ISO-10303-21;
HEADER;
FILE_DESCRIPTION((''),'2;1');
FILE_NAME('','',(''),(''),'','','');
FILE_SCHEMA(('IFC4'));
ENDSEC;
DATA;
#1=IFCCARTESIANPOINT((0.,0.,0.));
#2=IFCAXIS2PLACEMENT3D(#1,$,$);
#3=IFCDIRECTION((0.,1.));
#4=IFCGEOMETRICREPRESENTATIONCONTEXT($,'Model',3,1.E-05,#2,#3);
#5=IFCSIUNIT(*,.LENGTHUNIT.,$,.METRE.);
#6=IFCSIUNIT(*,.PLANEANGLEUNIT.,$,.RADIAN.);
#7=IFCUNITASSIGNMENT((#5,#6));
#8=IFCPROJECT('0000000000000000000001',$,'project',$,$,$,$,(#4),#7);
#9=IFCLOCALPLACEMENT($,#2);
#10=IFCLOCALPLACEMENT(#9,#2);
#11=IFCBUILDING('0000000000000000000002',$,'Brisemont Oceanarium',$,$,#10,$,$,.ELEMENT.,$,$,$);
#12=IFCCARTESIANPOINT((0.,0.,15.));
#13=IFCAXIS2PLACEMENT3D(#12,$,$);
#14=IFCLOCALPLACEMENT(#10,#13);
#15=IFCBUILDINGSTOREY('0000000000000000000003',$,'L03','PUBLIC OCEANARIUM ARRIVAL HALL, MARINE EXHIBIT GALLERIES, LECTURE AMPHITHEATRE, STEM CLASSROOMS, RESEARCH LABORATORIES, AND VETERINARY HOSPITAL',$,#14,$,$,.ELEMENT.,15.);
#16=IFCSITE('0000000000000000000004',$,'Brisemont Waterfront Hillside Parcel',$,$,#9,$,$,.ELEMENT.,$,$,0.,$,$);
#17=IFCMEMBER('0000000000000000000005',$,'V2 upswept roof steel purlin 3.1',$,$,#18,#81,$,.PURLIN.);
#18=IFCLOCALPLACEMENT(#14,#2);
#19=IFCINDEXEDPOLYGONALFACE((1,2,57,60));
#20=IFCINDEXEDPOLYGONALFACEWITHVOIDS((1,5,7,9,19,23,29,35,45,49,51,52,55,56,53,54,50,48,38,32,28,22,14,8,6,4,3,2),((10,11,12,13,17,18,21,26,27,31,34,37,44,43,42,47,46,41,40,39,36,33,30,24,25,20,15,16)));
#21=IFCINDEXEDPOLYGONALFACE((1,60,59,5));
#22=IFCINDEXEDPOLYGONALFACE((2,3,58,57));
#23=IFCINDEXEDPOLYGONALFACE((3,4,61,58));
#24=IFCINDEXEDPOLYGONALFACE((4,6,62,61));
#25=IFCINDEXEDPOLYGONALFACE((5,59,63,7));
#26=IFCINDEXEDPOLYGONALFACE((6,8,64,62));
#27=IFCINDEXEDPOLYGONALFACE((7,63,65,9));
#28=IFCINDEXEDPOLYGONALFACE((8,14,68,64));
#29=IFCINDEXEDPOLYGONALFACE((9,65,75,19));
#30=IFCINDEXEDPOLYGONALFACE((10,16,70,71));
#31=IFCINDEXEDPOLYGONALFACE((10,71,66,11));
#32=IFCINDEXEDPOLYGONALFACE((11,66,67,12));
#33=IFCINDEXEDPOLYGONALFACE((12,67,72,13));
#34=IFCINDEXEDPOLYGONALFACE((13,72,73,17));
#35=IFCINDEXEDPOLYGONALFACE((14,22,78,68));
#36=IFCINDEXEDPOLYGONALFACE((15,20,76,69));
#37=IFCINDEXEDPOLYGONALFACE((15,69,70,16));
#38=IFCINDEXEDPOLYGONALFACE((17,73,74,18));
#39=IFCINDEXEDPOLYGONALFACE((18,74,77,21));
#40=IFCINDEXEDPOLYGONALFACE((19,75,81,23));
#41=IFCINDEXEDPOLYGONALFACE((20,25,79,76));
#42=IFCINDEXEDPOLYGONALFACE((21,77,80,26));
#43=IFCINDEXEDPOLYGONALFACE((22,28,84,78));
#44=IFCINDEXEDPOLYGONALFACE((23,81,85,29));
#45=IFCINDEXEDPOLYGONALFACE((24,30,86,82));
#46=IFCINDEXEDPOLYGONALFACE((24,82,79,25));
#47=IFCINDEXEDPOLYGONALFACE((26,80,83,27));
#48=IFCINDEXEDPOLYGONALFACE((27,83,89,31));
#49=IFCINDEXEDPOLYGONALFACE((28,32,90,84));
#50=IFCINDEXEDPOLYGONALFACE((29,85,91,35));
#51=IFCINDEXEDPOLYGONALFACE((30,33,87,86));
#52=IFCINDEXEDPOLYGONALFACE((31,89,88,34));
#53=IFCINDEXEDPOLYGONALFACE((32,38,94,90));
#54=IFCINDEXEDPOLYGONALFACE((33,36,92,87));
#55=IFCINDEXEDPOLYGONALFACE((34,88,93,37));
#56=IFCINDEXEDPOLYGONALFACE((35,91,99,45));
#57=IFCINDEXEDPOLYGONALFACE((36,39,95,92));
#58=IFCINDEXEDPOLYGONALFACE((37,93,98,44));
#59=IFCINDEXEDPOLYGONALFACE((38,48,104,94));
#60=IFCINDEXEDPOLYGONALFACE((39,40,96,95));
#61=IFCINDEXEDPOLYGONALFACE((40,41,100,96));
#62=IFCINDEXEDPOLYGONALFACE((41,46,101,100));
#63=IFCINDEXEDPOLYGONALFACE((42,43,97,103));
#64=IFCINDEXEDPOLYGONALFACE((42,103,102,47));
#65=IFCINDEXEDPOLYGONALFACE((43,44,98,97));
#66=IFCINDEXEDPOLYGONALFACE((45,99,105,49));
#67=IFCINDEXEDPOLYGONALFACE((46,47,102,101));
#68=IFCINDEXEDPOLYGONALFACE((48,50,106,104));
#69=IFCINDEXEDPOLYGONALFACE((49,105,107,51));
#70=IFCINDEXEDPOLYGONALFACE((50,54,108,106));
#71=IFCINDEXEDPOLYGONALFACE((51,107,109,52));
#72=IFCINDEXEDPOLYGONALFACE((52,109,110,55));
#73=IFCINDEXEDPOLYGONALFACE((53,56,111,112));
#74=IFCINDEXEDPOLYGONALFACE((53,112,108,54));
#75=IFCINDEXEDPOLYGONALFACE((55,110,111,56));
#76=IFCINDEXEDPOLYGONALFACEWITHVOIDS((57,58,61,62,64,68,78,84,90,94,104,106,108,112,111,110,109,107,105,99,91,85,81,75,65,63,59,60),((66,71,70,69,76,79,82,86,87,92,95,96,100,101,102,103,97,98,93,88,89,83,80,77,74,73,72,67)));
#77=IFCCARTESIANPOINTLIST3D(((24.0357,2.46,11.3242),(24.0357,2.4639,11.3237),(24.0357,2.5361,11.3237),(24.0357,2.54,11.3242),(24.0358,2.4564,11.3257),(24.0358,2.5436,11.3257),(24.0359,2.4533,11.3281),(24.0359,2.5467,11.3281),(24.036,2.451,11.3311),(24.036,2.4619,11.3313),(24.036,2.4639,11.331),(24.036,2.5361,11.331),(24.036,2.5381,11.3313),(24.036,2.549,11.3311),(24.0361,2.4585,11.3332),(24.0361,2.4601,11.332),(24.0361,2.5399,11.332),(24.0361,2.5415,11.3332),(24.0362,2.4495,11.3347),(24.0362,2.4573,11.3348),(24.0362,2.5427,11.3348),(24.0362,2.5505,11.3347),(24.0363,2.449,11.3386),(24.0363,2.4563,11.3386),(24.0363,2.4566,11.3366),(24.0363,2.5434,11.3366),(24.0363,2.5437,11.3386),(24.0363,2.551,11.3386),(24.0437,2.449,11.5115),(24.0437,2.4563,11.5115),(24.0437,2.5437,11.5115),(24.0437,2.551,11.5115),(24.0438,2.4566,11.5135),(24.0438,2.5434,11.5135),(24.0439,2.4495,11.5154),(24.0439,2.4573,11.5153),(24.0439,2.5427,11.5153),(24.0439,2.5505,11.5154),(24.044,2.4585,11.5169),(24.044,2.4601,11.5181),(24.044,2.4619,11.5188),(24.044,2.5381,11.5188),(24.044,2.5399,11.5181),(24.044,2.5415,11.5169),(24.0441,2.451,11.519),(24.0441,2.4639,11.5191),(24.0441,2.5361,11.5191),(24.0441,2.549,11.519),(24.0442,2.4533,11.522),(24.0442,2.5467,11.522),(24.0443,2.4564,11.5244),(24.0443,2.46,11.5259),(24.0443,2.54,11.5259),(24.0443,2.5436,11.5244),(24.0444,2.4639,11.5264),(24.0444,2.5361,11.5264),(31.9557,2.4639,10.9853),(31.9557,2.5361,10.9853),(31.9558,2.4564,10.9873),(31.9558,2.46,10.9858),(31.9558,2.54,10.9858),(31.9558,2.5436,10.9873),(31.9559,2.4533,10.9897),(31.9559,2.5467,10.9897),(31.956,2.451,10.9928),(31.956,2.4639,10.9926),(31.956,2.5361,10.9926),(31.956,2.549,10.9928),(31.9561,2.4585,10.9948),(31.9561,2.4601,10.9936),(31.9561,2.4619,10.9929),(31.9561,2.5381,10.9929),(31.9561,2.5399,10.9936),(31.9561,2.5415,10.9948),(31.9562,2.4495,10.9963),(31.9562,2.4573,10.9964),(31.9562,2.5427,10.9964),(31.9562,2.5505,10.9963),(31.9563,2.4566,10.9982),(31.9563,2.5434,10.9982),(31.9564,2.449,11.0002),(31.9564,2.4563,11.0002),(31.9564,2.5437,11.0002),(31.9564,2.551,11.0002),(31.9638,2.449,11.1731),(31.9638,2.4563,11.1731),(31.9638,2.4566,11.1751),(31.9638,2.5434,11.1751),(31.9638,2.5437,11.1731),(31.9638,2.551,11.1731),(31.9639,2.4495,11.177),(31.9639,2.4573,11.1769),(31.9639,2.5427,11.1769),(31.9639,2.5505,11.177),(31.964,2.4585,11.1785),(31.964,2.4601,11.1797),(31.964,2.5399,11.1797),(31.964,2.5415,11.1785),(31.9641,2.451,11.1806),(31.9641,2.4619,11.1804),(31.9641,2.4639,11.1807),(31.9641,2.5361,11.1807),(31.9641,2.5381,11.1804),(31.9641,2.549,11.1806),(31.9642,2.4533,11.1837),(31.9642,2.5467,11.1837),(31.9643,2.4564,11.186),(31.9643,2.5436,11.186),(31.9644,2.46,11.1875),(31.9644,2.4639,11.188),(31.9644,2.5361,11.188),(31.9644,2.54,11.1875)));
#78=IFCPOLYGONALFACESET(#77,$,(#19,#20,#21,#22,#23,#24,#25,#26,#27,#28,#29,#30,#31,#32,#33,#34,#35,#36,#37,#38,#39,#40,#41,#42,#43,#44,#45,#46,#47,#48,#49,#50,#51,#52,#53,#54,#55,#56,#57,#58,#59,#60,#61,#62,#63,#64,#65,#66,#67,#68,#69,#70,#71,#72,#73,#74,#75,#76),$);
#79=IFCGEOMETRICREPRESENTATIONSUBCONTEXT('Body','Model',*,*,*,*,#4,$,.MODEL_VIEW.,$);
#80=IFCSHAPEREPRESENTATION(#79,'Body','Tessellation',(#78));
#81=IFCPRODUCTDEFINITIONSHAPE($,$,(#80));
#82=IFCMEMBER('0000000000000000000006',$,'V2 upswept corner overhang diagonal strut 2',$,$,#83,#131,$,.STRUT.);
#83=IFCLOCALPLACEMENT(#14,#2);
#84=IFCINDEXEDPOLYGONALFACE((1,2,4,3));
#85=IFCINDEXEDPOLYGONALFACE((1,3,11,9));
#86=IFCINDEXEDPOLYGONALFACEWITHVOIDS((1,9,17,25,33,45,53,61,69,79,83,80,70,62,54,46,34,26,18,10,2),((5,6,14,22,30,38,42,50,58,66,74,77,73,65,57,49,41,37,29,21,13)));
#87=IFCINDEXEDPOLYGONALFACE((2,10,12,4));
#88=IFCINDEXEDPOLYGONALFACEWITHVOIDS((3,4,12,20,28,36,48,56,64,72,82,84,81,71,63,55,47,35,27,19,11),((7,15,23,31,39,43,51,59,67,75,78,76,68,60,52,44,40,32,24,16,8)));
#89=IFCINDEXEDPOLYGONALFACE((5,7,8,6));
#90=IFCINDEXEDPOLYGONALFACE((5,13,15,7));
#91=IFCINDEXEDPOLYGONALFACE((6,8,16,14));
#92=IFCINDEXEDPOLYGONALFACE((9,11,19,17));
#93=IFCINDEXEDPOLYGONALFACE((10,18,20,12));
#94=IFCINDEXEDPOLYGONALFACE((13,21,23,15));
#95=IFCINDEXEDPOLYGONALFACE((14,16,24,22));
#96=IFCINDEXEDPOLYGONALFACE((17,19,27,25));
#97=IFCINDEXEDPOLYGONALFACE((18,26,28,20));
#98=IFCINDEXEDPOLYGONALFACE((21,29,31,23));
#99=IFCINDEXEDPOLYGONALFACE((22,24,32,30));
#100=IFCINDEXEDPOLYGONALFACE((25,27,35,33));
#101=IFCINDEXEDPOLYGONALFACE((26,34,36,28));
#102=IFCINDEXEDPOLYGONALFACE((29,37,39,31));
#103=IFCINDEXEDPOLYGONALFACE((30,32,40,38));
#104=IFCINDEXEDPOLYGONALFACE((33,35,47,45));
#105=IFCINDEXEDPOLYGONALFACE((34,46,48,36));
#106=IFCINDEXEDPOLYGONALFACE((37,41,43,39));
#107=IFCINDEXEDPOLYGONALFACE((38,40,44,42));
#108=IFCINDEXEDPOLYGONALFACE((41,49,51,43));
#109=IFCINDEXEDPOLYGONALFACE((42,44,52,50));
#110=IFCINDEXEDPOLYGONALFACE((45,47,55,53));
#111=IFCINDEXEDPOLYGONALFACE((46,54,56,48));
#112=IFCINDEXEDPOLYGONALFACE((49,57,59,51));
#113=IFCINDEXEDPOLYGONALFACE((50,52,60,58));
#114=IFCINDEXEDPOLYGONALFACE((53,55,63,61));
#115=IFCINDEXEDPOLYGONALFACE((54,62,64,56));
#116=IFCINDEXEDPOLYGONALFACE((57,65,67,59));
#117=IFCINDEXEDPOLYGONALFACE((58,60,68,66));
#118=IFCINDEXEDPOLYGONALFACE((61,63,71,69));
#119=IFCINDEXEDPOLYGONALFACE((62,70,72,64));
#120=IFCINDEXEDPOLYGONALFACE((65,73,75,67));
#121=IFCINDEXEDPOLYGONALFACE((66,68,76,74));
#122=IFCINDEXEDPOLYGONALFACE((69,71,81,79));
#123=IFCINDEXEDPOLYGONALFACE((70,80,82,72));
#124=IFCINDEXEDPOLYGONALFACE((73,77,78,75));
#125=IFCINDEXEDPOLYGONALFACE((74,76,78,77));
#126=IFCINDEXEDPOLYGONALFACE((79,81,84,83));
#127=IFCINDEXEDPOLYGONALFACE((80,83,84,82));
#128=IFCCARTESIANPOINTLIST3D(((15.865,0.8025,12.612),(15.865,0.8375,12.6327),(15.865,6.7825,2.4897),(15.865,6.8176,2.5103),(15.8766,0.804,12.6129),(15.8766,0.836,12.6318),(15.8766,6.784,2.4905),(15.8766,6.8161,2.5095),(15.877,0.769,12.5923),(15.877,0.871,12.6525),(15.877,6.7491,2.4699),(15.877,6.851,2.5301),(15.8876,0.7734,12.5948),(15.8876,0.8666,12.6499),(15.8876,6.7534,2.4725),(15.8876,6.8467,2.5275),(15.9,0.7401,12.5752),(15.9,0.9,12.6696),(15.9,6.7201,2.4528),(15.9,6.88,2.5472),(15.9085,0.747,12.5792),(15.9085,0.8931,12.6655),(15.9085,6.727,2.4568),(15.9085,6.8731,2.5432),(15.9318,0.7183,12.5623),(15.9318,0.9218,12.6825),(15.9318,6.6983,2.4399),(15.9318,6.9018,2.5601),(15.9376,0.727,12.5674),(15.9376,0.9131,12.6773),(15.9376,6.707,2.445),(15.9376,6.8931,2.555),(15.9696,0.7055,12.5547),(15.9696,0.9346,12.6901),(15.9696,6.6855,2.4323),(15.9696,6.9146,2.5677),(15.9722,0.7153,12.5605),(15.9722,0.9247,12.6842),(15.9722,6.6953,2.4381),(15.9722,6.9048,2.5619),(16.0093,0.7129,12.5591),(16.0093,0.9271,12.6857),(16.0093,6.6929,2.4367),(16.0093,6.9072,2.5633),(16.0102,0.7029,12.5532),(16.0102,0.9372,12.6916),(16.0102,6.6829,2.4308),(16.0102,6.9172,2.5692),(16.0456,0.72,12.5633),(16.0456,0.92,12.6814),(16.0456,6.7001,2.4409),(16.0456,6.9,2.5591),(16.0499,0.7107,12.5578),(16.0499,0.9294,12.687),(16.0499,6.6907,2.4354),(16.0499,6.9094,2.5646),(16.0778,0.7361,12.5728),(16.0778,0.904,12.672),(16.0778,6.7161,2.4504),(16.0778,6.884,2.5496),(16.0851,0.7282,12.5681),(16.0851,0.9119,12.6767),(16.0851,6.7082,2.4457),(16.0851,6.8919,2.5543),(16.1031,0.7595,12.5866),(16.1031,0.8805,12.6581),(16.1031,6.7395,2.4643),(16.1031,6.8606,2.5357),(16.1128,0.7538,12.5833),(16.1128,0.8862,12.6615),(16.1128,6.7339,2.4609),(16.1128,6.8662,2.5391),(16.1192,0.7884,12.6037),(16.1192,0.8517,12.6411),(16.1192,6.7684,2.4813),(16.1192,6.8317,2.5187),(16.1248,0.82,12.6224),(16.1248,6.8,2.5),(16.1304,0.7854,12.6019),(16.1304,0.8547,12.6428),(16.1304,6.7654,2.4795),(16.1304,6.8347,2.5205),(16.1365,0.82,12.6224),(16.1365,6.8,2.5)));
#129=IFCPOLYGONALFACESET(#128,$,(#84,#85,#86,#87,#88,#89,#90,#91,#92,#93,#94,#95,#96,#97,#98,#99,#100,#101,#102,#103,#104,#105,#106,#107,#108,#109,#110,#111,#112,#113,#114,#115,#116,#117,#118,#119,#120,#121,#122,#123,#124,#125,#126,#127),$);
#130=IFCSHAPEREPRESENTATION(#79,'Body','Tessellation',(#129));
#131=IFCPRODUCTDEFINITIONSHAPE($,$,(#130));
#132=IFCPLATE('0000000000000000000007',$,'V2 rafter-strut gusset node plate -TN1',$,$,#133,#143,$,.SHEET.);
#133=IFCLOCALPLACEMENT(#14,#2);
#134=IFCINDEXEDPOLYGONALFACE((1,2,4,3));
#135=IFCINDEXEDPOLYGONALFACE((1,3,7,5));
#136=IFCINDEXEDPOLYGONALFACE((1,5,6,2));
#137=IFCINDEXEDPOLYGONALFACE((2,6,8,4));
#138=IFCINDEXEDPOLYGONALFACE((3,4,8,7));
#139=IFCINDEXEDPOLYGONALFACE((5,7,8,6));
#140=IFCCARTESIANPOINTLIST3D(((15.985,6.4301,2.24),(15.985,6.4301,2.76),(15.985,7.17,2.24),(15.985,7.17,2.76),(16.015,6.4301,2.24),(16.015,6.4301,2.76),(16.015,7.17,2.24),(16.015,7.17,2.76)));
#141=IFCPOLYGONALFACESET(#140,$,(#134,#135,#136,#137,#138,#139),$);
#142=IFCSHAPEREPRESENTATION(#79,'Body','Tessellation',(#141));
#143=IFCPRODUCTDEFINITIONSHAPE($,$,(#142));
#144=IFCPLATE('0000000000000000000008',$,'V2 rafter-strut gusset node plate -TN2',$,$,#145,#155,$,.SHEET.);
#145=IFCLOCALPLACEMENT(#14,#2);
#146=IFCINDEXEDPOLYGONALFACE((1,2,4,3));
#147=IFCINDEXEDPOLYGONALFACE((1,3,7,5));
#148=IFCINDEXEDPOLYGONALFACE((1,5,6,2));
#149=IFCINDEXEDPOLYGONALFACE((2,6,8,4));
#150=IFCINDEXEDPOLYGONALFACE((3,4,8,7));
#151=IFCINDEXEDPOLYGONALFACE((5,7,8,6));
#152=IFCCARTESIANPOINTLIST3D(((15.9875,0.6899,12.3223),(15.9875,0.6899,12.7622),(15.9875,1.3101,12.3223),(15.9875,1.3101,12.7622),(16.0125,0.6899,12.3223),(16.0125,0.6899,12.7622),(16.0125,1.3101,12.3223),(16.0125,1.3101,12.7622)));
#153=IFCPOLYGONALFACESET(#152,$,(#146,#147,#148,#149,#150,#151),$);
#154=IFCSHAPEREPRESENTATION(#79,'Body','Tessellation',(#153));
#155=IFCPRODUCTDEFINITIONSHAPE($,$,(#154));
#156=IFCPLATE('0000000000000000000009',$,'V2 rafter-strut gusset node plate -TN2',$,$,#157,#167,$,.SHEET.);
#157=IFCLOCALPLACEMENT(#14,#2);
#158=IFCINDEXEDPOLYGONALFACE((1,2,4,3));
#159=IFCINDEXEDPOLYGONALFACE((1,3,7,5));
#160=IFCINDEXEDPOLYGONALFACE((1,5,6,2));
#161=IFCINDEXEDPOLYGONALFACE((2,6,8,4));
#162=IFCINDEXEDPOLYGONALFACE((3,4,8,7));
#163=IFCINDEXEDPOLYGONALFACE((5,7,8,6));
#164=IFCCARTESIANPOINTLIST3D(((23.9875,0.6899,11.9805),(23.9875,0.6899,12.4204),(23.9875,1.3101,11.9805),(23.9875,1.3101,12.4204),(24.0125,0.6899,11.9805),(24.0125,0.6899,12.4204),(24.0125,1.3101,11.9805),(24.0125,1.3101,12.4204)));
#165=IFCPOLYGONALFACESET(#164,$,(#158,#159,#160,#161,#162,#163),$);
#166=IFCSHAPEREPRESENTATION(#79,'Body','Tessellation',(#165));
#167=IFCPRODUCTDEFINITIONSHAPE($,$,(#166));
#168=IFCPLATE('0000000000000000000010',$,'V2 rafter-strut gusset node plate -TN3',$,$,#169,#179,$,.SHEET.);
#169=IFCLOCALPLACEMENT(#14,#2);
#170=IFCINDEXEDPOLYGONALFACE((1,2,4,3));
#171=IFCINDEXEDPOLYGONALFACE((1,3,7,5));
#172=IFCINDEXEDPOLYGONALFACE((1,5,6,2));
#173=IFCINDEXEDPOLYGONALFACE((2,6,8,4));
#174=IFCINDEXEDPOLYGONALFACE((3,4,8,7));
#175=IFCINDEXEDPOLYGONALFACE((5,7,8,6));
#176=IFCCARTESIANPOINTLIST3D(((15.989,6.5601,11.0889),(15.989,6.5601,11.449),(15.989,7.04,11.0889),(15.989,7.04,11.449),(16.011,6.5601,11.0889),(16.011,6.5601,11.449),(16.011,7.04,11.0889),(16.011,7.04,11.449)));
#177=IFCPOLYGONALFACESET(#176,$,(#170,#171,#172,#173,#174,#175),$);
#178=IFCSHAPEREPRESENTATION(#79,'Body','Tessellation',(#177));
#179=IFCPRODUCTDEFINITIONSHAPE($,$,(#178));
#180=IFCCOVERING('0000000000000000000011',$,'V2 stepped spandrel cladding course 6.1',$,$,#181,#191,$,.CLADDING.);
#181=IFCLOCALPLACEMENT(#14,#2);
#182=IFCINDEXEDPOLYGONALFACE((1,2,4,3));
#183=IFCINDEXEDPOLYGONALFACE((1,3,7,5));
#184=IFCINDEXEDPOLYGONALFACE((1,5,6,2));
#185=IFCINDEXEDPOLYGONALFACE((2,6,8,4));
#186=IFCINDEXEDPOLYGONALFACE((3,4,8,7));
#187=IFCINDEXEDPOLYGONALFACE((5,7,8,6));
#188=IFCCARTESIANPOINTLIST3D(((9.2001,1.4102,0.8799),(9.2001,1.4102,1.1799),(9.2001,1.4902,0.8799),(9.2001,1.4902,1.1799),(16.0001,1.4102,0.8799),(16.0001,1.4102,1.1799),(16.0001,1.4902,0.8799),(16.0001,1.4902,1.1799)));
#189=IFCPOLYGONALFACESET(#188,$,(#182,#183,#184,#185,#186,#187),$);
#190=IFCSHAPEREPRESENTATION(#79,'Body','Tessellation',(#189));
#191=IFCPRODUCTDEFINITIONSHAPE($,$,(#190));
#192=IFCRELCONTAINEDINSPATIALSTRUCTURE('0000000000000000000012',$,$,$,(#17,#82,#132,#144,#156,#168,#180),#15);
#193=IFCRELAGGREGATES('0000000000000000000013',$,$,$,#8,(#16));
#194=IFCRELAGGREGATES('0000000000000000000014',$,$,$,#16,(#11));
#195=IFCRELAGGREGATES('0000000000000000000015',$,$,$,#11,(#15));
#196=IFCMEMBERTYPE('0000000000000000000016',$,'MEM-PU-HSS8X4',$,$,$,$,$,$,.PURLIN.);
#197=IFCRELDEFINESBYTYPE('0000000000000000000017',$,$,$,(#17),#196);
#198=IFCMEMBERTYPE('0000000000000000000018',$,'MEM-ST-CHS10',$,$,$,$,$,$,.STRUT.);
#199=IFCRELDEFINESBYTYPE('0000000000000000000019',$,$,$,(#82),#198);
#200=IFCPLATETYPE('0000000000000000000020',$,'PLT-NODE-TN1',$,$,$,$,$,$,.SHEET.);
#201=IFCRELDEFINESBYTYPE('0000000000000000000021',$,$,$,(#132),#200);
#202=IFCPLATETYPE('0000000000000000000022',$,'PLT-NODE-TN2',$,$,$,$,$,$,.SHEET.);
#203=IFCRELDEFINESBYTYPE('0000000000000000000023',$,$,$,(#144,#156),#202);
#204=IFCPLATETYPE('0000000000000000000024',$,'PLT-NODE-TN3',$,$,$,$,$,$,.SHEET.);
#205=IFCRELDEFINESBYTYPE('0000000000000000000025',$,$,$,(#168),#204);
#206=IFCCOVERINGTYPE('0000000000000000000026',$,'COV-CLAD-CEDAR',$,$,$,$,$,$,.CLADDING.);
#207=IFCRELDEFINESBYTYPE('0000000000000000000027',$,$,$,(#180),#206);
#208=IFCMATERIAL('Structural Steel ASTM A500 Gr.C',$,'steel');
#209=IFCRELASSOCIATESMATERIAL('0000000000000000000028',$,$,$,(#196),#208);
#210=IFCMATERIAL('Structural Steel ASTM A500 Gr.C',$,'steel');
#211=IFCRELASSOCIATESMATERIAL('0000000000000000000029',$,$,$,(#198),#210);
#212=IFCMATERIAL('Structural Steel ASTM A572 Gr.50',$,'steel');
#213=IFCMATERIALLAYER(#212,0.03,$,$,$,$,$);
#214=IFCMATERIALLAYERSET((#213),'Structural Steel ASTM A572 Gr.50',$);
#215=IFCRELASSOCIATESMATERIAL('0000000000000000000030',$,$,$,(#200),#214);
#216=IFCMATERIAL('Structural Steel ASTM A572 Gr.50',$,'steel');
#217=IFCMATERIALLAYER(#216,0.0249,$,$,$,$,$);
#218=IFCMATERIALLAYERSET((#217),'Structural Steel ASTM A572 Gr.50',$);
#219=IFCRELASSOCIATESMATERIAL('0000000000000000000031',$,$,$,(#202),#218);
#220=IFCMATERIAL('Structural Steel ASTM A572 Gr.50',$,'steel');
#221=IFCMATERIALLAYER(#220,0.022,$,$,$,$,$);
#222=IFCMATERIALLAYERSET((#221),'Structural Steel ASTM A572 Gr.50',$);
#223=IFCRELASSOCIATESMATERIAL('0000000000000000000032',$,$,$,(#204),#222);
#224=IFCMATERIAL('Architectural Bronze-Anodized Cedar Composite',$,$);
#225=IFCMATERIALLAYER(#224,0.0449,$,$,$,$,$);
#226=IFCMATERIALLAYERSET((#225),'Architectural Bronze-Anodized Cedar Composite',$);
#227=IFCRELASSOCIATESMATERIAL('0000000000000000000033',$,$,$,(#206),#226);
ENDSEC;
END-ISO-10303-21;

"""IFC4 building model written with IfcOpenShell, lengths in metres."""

from ifc_helpers import new_model, si_unit, direction, frame, origin, origin_2d, place, context, subcontext, project, spatial, rectangle, hollow_rectangle, hollow_circle, extrude, material, layer, layer_set, material_profile, profile_set, type_object, element, save


model = new_model("IFC4")

# Units and contexts
model_context = context("Model", 3, precision=1e-05, world=origin(), true_north=direction((0.0, 1.0)))
body_context = subcontext(model_context, "Body", "Model", "MODEL_VIEW")
ifc_project = project(units=[si_unit("LENGTHUNIT", "METRE"), si_unit("PLANEANGLEUNIT", "RADIAN")], contexts=[model_context])

# Site, building, storey
site_placement = place(None, origin())
site = spatial("IfcSite", under=ifc_project, at=site_placement, Name="Brisemont Waterfront Hillside Parcel", CompositionType="ELEMENT", RefElevation=0.0)
building_placement = place(site_placement, origin())
building = spatial("IfcBuilding", under=site, at=building_placement, Name="Brisemont Oceanarium", CompositionType="ELEMENT")
storey_placement = place(building_placement, frame((0.0, 0.0, 15.0)))
storey = spatial("IfcBuildingStorey", under=building, at=storey_placement, Name="L03", Description="PUBLIC OCEANARIUM ARRIVAL HALL, MARINE EXHIBIT GALLERIES, LECTURE AMPHITHEATRE, STEM CLASSROOMS, RESEARCH LABORATORIES, AND VETERINARY HOSPITAL", CompositionType="ELEMENT", Elevation=15.0)

# Members
ifc_material_1 = material(Name="Structural Steel ASTM A500 Gr.C", Category="steel")
ifc_material_profile_1 = material_profile(ifc_material_1, hollow_rectangle(XDim=0.1021, YDim=0.2029, WallThickness=0.0073, InnerFilletRadius=0.0076, OuterFilletRadius=0.0149, at=origin_2d()), Name="HSS8X4X5/16")
ifc_profile_set_1 = profile_set([ifc_material_profile_1], Name="Structural Steel ASTM A500 Gr.C")
member_type_1 = type_object("IfcMemberType", Name="MEM-PU-HSS8X4", PredefinedType="PURLIN", material=ifc_profile_set_1)
for number, where, z_axis, x_axis, name in (
    (1, (24.04, 2.5, 11.425), (0.999089, 0.0, -0.042686), (0.0, 1.0, 0.0), "V2 upswept roof steel purlin 3.1"),
):
    element("IfcMember", number, at=place(storey_placement, frame(where, z_axis=z_axis, x_axis=x_axis)), inside=storey, type_object=member_type_1, Name=name, PredefinedType="PURLIN", context=body_context, shape_type="SweptSolid", body=[
        extrude(hollow_rectangle(XDim=0.1021, YDim=0.2029, WallThickness=0.0073, InnerFilletRadius=0.0076, OuterFilletRadius=0.0149, at=origin_2d()), origin(), (0.0, 0.0, 1.0), 7.9272),
    ])
ifc_material_2 = material(Name="Structural Steel ASTM A500 Gr.C", Category="steel")
ifc_material_profile_2 = material_profile(ifc_material_2, hollow_circle(Radius=0.1365, WallThickness=0.0117, at=origin_2d()), Name="HSS10.750X0.500")
ifc_profile_set_2 = profile_set([ifc_material_profile_2], Name="Structural Steel ASTM A500 Gr.C")
member_type_2 = type_object("IfcMemberType", Name="MEM-ST-CHS10", PredefinedType="STRUT", material=ifc_profile_set_2)
member_1_placement = place(storey_placement, frame((16.0, 6.8, 2.5), z_axis=(0.0, -0.508642, 0.860978), x_axis=(1.0, 0.0, 0.0)))
element("IfcMember", 2, at=member_1_placement, inside=storey, type_object=member_type_2, Name="V2 upswept corner overhang diagonal strut 2", PredefinedType="STRUT", context=body_context, shape_type="SweptSolid", body=[
    extrude(hollow_circle(Radius=0.1365, WallThickness=0.0117, at=origin_2d()), origin(), (0.0, 0.0, 1.0), 11.7568),
])

# Plates
ifc_material_3 = material(Name="Structural Steel ASTM A572 Gr.50", Category="steel")
ifc_layer_1 = layer(ifc_material_3, 0.03)
ifc_layer_set_1 = layer_set([ifc_layer_1], Name="Structural Steel ASTM A572 Gr.50")
plate_type_1 = type_object("IfcPlateType", Name="PLT-NODE-TN1", PredefinedType="SHEET", material=ifc_layer_set_1)
plate_1_placement = place(storey_placement, frame((16.0, 6.8, 2.24), z_axis=(0.0, 0.0, 1.0), x_axis=(1.0, 0.0, 0.0)))
element("IfcPlate", 3, at=plate_1_placement, inside=storey, type_object=plate_type_1, Name="V2 rafter-strut gusset node plate -TN1", PredefinedType="SHEET", context=body_context, shape_type="SweptSolid", body=[
    extrude(rectangle(XDim=0.03, YDim=0.74, at=origin_2d()), origin(), (0.0, 0.0, 1.0), 0.52),
])
ifc_material_4 = material(Name="Structural Steel ASTM A572 Gr.50", Category="steel")
ifc_layer_2 = layer(ifc_material_4, 0.0249)
ifc_layer_set_2 = layer_set([ifc_layer_2], Name="Structural Steel ASTM A572 Gr.50")
plate_type_2 = type_object("IfcPlateType", Name="PLT-NODE-TN2", PredefinedType="SHEET", material=ifc_layer_set_2)
for number, where, z_axis, x_axis, name in (
    (4, (16.0, 1.0, 12.3223), (0.0, 0.0, 1.0), (1.0, 0.0, 0.0), "V2 rafter-strut gusset node plate -TN2"),
    (5, (24.0, 1.0, 11.9805), (0.0, 0.0, 1.0), (1.0, 0.0, 0.0), "V2 rafter-strut gusset node plate -TN2"),
):
    element("IfcPlate", number, at=place(storey_placement, frame(where, z_axis=z_axis, x_axis=x_axis)), inside=storey, type_object=plate_type_2, Name=name, PredefinedType="SHEET", context=body_context, shape_type="SweptSolid", body=[
        extrude(rectangle(XDim=0.0249, YDim=0.6201, at=origin_2d()), origin(), (0.0, 0.0, 1.0), 0.4399),
    ])
ifc_material_5 = material(Name="Structural Steel ASTM A572 Gr.50", Category="steel")
ifc_layer_3 = layer(ifc_material_5, 0.022)
ifc_layer_set_3 = layer_set([ifc_layer_3], Name="Structural Steel ASTM A572 Gr.50")
plate_type_3 = type_object("IfcPlateType", Name="PLT-NODE-TN3", PredefinedType="SHEET", material=ifc_layer_set_3)
plate_2_placement = place(storey_placement, frame((16.0, 6.8, 11.0889), z_axis=(0.0, 0.0, 1.0), x_axis=(1.0, 0.0, 0.0)))
element("IfcPlate", 6, at=plate_2_placement, inside=storey, type_object=plate_type_3, Name="V2 rafter-strut gusset node plate -TN3", PredefinedType="SHEET", context=body_context, shape_type="SweptSolid", body=[
    extrude(rectangle(XDim=0.022, YDim=0.48, at=origin_2d()), origin(), (0.0, 0.0, 1.0), 0.3601),
])

# Covering
ifc_material_6 = material(Name="Architectural Bronze-Anodized Cedar Composite")
ifc_layer_4 = layer(ifc_material_6, 0.0449)
ifc_layer_set_4 = layer_set([ifc_layer_4], Name="Architectural Bronze-Anodized Cedar Composite")
covering_type = type_object("IfcCoveringType", Name="COV-CLAD-CEDAR", PredefinedType="CLADDING", material=ifc_layer_set_4)
covering_1_placement = place(storey_placement, frame((12.6001, 1.4502, 0.8799), z_axis=(0.0, 0.0, 1.0), x_axis=(1.0, 0.0, 0.0)))
element("IfcCovering", 7, at=covering_1_placement, inside=storey, type_object=covering_type, Name="V2 stepped spandrel cladding course 6.1", PredefinedType="CLADDING", context=body_context, shape_type="SweptSolid", body=[
    extrude(rectangle(XDim=6.8, YDim=0.0801, at=origin_2d()), origin(), (0.0, 0.0, 1.0), 0.3),
])

save(model, "model.ifc")
